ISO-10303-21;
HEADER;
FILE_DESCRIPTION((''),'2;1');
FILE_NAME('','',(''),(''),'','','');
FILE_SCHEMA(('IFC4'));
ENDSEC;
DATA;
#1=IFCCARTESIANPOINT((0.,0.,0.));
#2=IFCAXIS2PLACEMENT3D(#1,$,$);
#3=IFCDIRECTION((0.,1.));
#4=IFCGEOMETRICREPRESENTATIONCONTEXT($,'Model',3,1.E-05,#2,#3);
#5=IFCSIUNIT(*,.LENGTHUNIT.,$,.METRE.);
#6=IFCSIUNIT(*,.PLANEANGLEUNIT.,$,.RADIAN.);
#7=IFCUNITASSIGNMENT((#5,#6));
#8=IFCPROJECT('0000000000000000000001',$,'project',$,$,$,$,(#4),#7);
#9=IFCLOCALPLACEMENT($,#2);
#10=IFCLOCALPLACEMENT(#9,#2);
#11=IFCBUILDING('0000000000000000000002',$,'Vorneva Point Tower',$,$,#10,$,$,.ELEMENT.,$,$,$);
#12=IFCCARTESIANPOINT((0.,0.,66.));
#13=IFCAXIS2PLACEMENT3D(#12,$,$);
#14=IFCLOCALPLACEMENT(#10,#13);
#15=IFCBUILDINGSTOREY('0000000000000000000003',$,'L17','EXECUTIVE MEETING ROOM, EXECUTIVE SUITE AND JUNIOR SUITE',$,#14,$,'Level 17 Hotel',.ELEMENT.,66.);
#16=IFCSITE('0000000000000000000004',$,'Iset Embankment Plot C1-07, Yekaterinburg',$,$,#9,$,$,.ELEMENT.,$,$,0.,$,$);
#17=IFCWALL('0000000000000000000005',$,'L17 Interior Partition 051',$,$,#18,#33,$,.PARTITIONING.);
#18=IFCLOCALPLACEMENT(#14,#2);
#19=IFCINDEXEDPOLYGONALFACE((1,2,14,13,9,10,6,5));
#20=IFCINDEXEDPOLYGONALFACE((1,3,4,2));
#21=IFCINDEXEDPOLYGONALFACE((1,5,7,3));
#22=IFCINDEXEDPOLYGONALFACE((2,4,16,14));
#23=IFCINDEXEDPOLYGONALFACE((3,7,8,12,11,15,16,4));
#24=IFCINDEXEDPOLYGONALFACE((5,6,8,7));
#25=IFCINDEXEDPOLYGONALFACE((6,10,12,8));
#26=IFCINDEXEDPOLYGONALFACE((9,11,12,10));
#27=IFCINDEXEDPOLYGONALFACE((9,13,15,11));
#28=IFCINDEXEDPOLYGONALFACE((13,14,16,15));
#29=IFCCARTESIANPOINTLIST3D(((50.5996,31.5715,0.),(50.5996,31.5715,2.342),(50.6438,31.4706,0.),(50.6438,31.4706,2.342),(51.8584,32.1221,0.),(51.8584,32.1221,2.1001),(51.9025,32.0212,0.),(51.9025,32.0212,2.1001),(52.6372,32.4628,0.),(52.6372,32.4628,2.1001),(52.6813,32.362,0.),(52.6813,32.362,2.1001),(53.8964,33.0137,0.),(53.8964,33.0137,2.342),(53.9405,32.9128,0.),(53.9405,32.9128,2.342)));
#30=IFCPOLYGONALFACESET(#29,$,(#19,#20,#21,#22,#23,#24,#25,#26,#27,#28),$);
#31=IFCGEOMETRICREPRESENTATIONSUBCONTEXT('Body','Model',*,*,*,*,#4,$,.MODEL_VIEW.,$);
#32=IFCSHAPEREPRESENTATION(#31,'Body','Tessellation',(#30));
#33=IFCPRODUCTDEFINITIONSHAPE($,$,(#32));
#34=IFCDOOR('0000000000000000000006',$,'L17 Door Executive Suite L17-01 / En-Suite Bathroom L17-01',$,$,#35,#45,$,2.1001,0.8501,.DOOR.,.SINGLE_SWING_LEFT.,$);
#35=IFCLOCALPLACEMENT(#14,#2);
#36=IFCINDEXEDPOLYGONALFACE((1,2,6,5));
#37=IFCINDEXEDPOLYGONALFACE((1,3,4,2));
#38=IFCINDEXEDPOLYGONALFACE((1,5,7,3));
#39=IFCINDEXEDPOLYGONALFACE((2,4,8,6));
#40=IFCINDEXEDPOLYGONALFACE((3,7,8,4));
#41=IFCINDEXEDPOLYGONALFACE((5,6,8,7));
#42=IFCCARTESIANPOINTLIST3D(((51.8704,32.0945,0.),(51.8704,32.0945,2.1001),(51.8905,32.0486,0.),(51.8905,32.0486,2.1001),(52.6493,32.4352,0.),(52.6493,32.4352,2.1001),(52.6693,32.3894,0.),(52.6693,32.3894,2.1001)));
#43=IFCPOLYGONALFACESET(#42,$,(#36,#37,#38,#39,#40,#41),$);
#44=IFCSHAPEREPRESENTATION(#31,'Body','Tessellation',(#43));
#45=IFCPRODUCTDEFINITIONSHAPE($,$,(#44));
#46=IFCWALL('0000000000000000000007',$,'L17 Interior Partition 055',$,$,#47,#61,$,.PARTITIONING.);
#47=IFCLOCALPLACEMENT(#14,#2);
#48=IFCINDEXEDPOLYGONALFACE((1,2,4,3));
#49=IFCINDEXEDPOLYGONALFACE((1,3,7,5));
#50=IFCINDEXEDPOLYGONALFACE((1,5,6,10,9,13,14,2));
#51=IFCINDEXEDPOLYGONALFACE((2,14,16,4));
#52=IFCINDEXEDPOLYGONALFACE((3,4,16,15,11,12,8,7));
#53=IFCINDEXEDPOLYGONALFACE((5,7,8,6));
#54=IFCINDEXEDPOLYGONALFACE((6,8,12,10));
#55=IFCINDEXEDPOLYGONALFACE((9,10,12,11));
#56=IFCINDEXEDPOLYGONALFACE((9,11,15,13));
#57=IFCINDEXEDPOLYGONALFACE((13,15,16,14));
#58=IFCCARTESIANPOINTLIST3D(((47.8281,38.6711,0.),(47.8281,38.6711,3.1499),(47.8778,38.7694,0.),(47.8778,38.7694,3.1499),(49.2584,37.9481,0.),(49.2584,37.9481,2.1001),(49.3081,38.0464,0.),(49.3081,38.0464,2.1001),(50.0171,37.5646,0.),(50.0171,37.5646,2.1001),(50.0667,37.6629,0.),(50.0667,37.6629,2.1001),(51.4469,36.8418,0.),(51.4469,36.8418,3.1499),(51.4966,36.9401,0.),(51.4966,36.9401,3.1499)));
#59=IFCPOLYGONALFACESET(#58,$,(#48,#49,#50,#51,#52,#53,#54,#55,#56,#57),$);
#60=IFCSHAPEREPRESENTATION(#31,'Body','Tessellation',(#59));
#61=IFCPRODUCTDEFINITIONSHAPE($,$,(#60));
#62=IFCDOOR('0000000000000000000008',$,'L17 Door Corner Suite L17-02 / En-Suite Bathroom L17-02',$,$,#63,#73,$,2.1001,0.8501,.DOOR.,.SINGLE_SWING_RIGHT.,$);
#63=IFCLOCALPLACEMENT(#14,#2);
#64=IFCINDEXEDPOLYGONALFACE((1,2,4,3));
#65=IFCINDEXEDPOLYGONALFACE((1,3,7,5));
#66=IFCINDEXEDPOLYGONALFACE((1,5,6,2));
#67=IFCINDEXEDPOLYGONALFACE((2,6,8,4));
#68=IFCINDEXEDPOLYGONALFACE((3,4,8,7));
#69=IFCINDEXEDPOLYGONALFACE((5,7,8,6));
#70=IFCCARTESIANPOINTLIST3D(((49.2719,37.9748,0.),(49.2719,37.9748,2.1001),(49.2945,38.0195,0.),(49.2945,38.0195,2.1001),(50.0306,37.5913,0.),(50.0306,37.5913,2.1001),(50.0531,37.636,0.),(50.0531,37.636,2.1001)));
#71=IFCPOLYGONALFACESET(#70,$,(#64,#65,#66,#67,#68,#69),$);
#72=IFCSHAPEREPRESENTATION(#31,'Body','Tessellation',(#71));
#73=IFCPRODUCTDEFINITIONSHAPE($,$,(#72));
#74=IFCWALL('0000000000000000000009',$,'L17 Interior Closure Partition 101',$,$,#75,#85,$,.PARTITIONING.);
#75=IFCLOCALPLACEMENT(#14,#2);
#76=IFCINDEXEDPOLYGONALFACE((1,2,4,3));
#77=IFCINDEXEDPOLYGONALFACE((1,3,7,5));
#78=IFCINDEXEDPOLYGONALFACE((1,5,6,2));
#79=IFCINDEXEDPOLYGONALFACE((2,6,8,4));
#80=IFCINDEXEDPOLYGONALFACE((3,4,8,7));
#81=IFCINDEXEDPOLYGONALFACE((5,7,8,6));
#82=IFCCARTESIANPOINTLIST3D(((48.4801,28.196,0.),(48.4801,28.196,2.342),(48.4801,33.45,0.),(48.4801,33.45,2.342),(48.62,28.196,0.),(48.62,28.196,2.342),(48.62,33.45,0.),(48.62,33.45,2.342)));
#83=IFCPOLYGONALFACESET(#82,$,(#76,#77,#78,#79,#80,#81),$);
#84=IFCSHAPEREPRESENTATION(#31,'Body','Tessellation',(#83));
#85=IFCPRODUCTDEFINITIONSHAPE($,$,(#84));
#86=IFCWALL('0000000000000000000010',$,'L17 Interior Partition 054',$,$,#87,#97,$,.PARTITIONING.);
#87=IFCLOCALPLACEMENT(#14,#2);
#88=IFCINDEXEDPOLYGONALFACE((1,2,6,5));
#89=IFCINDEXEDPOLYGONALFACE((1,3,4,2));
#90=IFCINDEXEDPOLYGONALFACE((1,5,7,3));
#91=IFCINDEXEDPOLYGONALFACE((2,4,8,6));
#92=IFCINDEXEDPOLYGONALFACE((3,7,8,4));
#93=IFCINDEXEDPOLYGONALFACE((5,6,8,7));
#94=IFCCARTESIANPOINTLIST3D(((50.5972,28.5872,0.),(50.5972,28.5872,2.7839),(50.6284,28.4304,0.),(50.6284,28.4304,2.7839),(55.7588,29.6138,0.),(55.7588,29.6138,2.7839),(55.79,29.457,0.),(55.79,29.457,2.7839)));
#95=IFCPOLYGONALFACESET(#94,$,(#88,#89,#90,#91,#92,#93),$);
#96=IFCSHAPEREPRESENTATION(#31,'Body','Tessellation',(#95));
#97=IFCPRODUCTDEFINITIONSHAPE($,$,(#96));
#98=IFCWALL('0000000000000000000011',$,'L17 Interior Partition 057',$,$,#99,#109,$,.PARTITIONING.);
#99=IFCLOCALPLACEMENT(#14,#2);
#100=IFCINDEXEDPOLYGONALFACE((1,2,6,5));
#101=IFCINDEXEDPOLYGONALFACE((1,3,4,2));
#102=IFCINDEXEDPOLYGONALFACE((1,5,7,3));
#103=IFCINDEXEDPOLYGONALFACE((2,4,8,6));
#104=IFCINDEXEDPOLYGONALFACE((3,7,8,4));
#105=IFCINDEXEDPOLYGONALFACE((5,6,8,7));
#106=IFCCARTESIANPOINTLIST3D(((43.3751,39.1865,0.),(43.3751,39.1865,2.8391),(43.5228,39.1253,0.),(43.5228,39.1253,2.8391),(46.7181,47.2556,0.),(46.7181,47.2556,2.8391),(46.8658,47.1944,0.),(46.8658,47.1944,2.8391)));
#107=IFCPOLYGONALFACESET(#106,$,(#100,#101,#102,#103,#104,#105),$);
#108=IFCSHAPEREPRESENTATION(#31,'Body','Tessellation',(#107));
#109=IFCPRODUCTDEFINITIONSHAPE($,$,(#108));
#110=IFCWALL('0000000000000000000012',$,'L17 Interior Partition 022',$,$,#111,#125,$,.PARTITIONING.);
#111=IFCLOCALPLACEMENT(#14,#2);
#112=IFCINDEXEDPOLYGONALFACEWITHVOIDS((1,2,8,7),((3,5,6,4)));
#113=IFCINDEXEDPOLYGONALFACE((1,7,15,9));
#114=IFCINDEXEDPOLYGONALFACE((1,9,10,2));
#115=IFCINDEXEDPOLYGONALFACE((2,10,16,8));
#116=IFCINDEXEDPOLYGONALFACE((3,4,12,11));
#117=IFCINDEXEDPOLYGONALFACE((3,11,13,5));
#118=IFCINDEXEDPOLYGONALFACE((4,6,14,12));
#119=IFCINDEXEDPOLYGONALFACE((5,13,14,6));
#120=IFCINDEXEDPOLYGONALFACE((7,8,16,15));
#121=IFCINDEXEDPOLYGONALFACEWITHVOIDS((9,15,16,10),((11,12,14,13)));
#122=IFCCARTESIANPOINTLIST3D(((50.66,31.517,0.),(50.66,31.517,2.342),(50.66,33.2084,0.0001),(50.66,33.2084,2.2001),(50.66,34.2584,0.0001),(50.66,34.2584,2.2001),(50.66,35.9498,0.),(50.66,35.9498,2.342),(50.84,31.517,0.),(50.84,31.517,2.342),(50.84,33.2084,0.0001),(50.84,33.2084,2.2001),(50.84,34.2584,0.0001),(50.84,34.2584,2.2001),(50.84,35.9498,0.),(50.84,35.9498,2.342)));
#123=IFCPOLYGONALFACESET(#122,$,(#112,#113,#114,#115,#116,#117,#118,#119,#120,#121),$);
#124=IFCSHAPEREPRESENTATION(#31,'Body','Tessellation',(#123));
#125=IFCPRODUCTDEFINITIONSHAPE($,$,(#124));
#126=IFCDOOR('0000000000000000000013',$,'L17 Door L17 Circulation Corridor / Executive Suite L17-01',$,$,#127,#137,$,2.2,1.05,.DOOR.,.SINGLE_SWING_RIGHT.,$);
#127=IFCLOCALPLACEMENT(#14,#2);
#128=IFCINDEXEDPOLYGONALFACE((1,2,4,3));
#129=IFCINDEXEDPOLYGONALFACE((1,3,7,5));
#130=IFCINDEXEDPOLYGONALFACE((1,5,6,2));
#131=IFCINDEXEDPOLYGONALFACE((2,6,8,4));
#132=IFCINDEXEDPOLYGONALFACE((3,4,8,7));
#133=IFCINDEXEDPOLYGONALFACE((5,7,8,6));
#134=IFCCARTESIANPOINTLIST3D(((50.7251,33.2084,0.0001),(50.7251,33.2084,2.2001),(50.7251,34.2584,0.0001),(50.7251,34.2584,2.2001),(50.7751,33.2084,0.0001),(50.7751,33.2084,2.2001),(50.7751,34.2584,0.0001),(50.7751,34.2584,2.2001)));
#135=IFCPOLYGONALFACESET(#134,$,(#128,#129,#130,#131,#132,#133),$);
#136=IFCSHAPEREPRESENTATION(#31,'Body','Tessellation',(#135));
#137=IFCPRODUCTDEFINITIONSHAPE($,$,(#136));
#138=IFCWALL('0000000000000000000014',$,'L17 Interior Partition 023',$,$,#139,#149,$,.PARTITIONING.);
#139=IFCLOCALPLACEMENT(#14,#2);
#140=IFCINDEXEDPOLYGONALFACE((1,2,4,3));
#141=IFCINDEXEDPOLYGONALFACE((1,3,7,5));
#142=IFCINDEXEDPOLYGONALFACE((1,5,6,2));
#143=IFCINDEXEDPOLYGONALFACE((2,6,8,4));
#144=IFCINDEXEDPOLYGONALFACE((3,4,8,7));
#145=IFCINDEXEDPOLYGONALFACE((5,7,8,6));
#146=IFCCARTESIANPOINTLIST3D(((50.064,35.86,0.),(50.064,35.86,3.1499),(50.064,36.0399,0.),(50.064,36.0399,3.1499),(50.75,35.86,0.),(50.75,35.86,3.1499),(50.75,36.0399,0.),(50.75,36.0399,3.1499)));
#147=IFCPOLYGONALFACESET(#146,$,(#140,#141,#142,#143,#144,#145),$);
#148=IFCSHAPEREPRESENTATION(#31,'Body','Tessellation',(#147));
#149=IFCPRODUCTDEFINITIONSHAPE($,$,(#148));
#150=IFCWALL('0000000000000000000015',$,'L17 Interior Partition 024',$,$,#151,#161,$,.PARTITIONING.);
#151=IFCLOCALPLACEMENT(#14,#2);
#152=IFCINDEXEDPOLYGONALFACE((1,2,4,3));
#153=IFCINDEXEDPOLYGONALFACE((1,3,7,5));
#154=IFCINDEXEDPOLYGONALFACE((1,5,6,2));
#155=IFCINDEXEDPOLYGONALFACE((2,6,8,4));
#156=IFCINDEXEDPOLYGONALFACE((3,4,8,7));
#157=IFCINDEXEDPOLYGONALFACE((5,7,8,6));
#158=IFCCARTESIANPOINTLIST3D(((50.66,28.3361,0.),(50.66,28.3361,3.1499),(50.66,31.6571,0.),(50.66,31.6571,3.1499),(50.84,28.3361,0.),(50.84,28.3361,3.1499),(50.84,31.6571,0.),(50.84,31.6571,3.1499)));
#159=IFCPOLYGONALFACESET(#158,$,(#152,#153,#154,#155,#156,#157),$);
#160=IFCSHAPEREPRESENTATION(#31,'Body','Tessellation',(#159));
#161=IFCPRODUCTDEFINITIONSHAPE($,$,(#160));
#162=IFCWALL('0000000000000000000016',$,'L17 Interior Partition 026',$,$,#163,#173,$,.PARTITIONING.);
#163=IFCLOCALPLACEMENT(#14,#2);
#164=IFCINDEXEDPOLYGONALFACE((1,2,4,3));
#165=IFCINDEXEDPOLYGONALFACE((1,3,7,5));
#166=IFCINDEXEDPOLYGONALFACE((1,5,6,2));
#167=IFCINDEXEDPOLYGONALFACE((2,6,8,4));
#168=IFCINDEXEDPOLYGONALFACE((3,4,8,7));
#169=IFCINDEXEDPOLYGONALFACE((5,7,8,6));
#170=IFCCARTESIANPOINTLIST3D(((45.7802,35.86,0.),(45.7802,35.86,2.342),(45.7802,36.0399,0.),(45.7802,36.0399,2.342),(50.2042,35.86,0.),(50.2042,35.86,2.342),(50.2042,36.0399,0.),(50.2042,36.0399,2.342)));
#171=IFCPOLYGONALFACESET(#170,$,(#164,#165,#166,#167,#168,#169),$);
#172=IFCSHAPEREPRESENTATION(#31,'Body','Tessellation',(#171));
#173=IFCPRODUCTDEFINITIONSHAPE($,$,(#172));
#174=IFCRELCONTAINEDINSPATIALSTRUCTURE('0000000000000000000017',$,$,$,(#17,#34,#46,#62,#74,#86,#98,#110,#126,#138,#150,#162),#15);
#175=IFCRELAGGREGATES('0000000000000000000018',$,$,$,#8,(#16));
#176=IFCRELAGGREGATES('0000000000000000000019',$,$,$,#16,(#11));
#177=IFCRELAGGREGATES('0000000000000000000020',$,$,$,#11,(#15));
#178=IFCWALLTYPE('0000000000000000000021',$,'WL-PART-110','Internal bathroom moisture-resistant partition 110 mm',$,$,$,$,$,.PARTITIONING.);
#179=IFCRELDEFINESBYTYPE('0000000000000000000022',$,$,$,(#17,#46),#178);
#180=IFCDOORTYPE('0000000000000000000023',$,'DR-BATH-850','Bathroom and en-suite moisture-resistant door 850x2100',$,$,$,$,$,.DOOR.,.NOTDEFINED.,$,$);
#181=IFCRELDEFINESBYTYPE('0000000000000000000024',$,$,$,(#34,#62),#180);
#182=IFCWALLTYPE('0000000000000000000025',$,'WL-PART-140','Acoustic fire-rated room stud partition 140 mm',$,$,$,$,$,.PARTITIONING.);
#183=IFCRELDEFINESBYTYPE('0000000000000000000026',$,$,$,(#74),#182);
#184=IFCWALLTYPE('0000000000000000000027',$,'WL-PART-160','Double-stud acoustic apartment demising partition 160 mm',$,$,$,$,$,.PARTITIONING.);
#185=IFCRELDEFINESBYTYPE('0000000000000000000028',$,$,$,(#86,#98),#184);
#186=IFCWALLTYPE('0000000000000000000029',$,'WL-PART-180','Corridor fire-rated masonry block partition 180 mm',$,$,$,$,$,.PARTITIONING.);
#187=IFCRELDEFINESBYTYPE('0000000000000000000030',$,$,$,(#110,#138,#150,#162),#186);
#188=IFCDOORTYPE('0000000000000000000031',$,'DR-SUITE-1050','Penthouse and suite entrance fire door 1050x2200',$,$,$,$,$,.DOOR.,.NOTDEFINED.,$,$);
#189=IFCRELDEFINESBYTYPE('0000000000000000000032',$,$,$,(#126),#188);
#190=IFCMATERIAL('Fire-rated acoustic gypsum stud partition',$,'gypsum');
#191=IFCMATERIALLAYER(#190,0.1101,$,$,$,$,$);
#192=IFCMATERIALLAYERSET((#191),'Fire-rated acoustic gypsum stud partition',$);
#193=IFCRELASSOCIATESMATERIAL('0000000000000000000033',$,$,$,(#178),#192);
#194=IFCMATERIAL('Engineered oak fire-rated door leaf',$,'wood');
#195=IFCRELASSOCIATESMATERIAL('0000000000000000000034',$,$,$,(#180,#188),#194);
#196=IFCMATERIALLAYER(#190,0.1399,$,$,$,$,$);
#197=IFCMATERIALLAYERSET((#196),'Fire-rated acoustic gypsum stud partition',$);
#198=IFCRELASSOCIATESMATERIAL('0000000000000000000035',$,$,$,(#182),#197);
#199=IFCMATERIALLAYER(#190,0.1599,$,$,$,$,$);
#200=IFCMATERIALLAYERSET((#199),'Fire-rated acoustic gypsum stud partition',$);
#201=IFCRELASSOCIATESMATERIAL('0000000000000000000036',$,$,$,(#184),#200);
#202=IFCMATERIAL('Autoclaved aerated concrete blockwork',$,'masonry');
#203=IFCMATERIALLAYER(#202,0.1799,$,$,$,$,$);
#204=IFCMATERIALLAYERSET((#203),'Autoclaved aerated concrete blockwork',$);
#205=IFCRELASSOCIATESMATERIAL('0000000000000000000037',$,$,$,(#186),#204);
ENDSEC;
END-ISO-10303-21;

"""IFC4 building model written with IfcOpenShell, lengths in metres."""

from ifc_helpers import new_model, si_unit, direction, frame, frame_2d, origin, place, context, subcontext, project, spatial, rectangle, extrude, material, layer, layer_set, type_object, element, fill, save


model = new_model("IFC4")

# Units and contexts
model_context = context("Model", 3, precision=1e-05, world=origin(), true_north=direction((0.0, 1.0)))
body_context = subcontext(model_context, "Body", "Model", "MODEL_VIEW")
ifc_project = project(units=[si_unit("LENGTHUNIT", "METRE"), si_unit("PLANEANGLEUNIT", "RADIAN")], contexts=[model_context])

# Site, building, storey
site_placement = place(None, origin())
site = spatial("IfcSite", under=ifc_project, at=site_placement, Name="Iset Embankment Plot C1-07, Yekaterinburg", CompositionType="ELEMENT", RefElevation=0.0)
building_placement = place(site_placement, origin())
building = spatial("IfcBuilding", under=site, at=building_placement, Name="Vorneva Point Tower", CompositionType="ELEMENT")
storey_placement = place(building_placement, frame((0.0, 0.0, 66.0)))
storey = spatial("IfcBuildingStorey", under=building, at=storey_placement, Name="L17", Description="EXECUTIVE MEETING ROOM, EXECUTIVE SUITE AND JUNIOR SUITE", LongName="Level 17 Hotel", CompositionType="ELEMENT", Elevation=66.0)

# Walls, openings, doors
ifc_material_1 = material(Name="Fire-rated acoustic gypsum stud partition", Category="gypsum")
ifc_layer_1 = layer(ifc_material_1, 0.1101)
ifc_layer_set_1 = layer_set([ifc_layer_1], Name="Fire-rated acoustic gypsum stud partition")
wall_type_1 = type_object("IfcWallType", Name="WL-PART-110", Description="Internal bathroom moisture-resistant partition 110 mm", PredefinedType="PARTITIONING", material=ifc_layer_set_1)
wall_1_placement = place(storey_placement, frame((50.6216, 31.521, 0.0), z_axis=(0.0, 0.0, 1.0), x_axis=(0.916171, 0.400787, 0.0)))
wall_1 = element("IfcWall", 1, at=wall_1_placement, inside=storey, type_object=wall_type_1, Name="L17 Interior Partition 051", PredefinedType="PARTITIONING", context=body_context, shape_type="SweptSolid", body=[
    extrude(rectangle(XDim=3.5984, YDim=0.1101, at=frame_2d((1.7993, 0.0))), origin(), (0.0, 0.0, 1.0), 2.342),
])
opening_1_placement = place(wall_1_placement, frame((1.374, 0.0, 0.0)))
opening_1 = element("IfcOpeningElement", 2, at=opening_1_placement, cuts=wall_1, PredefinedType="OPENING", context=body_context, shape_type="SweptSolid", body=[
    extrude(rectangle(XDim=0.8501, YDim=2.1001, at=frame_2d((0.425, 1.05))), frame((0.0, 0.0698, 0.0), z_axis=(0.0, -1.0, 0.0), x_axis=(1.0, 0.0, 0.0)), (0.0, 0.0, 1.0), 0.1399),
])
ifc_material_2 = material(Name="Engineered oak fire-rated door leaf", Category="wood")
door_type_1 = type_object("IfcDoorType", Name="DR-BATH-850", Description="Bathroom and en-suite moisture-resistant door 850x2100", OperationType="NOTDEFINED", PredefinedType="DOOR", material=ifc_material_2)
door_1_placement = place(opening_1_placement, origin())
door_1 = element("IfcDoor", 3, at=door_1_placement, inside=storey, type_object=door_type_1, Name="L17 Door Executive Suite L17-01 / En-Suite Bathroom L17-01", OperationType="SINGLE_SWING_LEFT", OverallHeight=2.1001, OverallWidth=0.8501, PredefinedType="DOOR", context=body_context, shape_type="SweptSolid", body=[
    extrude(rectangle(XDim=0.8501, YDim=2.1001, at=frame_2d((0.425, 1.05))), frame((0.0, 0.0249, 0.0), z_axis=(0.0, -1.0, 0.0), x_axis=(1.0, 0.0, 0.0)), (0.0, 0.0, 1.0), 0.05),
])
fill(opening_1, door_1)
wall_2_placement = place(storey_placement, frame((47.853, 38.7202, 0.0), z_axis=(0.0, 0.0, 1.0), x_axis=(0.892456, -0.451135, 0.0)))
wall_2 = element("IfcWall", 4, at=wall_2_placement, inside=storey, type_object=wall_type_1, Name="L17 Interior Partition 055", PredefinedType="PARTITIONING", context=body_context, shape_type="SweptSolid", body=[
    extrude(rectangle(XDim=4.0549, YDim=0.1101, at=frame_2d((2.0273, 0.0))), origin(), (0.0, 0.0, 1.0), 3.1499),
])
opening_2_placement = place(wall_2_placement, frame((1.6025, 0.0, 0.0)))
opening_2 = element("IfcOpeningElement", 5, at=opening_2_placement, cuts=wall_2, PredefinedType="OPENING", context=body_context, shape_type="SweptSolid", body=[
    extrude(rectangle(XDim=0.8501, YDim=2.1001, at=frame_2d((0.425, 1.05))), frame((0.0, 0.0698, 0.0), z_axis=(0.0, -1.0, 0.0), x_axis=(1.0, 0.0, 0.0)), (0.0, 0.0, 1.0), 0.1399),
])
door_2_placement = place(opening_2_placement, origin())
door_2 = element("IfcDoor", 6, at=door_2_placement, inside=storey, type_object=door_type_1, Name="L17 Door Corner Suite L17-02 / En-Suite Bathroom L17-02", OperationType="SINGLE_SWING_RIGHT", OverallHeight=2.1001, OverallWidth=0.8501, PredefinedType="DOOR", context=body_context, shape_type="SweptSolid", body=[
    extrude(rectangle(XDim=0.8501, YDim=2.1001, at=frame_2d((0.425, 1.05))), frame((0.0, 0.0249, 0.0), z_axis=(0.0, -1.0, 0.0), x_axis=(1.0, 0.0, 0.0)), (0.0, 0.0, 1.0), 0.05),
])
fill(opening_2, door_2)

# Walls
ifc_layer_2 = layer(ifc_material_1, 0.1399)
ifc_layer_set_2 = layer_set([ifc_layer_2], Name="Fire-rated acoustic gypsum stud partition")
wall_type_2 = type_object("IfcWallType", Name="WL-PART-140", Description="Acoustic fire-rated room stud partition 140 mm", PredefinedType="PARTITIONING", material=ifc_layer_set_2)
wall_3_placement = place(storey_placement, frame((48.55, 33.45, 0.0), z_axis=(0.0, 0.0, 1.0), x_axis=(0.0, -1.0, 0.0)))
element("IfcWall", 7, at=wall_3_placement, inside=storey, type_object=wall_type_2, Name="L17 Interior Closure Partition 101", PredefinedType="PARTITIONING", context=body_context, shape_type="SweptSolid", body=[
    extrude(rectangle(XDim=5.2539, YDim=0.1399, at=frame_2d((2.627, 0.0))), origin(), (0.0, 0.0, 1.0), 2.342),
])
ifc_layer_3 = layer(ifc_material_1, 0.1599)
ifc_layer_set_3 = layer_set([ifc_layer_3], Name="Fire-rated acoustic gypsum stud partition")
wall_type_3 = type_object("IfcWallType", Name="WL-PART-160", Description="Double-stud acoustic apartment demising partition 160 mm", PredefinedType="PARTITIONING", material=ifc_layer_set_3)
wall_4_placement = place(storey_placement, frame((50.6128, 28.5088, 0.0), z_axis=(0.0, 0.0, 1.0), x_axis=(0.980789, 0.195072, 0.0)))
element("IfcWall", 8, at=wall_4_placement, inside=storey, type_object=wall_type_3, Name="L17 Interior Partition 054", PredefinedType="PARTITIONING", context=body_context, shape_type="SweptSolid", body=[
    extrude(rectangle(XDim=5.2627, YDim=0.1599, at=frame_2d((2.6313, 0.0))), origin(), (0.0, 0.0, 1.0), 2.7839),
])
wall_5_placement = place(storey_placement, frame((46.792, 47.2251, 0.0), z_axis=(0.0, 0.0, 1.0), x_axis=(-0.382751, -0.923852, 0.0)))
element("IfcWall", 9, at=wall_5_placement, inside=storey, type_object=wall_type_3, Name="L17 Interior Partition 057", PredefinedType="PARTITIONING", context=body_context, shape_type="SweptSolid", body=[
    extrude(rectangle(XDim=8.7341, YDim=0.1599, at=frame_2d((4.3672, 0.0))), origin(), (0.0, 0.0, 1.0), 2.8391),
])

# Wall, opening, door
ifc_material_3 = material(Name="Autoclaved aerated concrete blockwork", Category="masonry")
ifc_layer_4 = layer(ifc_material_3, 0.1799)
ifc_layer_set_4 = layer_set([ifc_layer_4], Name="Autoclaved aerated concrete blockwork")
wall_type_4 = type_object("IfcWallType", Name="WL-PART-180", Description="Corridor fire-rated masonry block partition 180 mm", PredefinedType="PARTITIONING", material=ifc_layer_set_4)
wall_6_placement = place(storey_placement, frame((50.75, 31.5171, 0.0), z_axis=(0.0, 0.0, 1.0), x_axis=(0.0, 1.0, 0.0)))
wall_6 = element("IfcWall", 10, at=wall_6_placement, inside=storey, type_object=wall_type_4, Name="L17 Interior Partition 022", PredefinedType="PARTITIONING", context=body_context, shape_type="SweptSolid", body=[
    extrude(rectangle(XDim=4.4329, YDim=0.1799, at=frame_2d((2.2163, 0.0))), origin(), (0.0, 0.0, 1.0), 2.342),
])
opening_3_placement = place(wall_6_placement, frame((1.6914, 0.0, 0.0)))
opening_3 = element("IfcOpeningElement", 11, at=opening_3_placement, cuts=wall_6, PredefinedType="OPENING", context=body_context, shape_type="SweptSolid", body=[
    extrude(rectangle(XDim=1.05, YDim=2.2, at=frame_2d((0.5249, 1.1001))), frame((0.0, 0.105, 0.0), z_axis=(0.0, -1.0, 0.0), x_axis=(1.0, 0.0, 0.0)), (0.0, 0.0, 1.0), 0.2097),
])
door_type_2 = type_object("IfcDoorType", Name="DR-SUITE-1050", Description="Penthouse and suite entrance fire door 1050x2200", OperationType="NOTDEFINED", PredefinedType="DOOR", material=ifc_material_2)
door_3_placement = place(opening_3_placement, origin())
door_3 = element("IfcDoor", 12, at=door_3_placement, inside=storey, type_object=door_type_2, Name="L17 Door L17 Circulation Corridor / Executive Suite L17-01", OperationType="SINGLE_SWING_RIGHT", OverallHeight=2.2, OverallWidth=1.05, PredefinedType="DOOR", context=body_context, shape_type="SweptSolid", body=[
    extrude(rectangle(XDim=1.05, YDim=2.2, at=frame_2d((0.5249, 1.1001))), frame((0.0, 0.0249, 0.0), z_axis=(0.0, -1.0, 0.0), x_axis=(1.0, 0.0, 0.0)), (0.0, 0.0, 1.0), 0.05),
])
fill(opening_3, door_3)

# Walls
wall_7_placement = place(storey_placement, frame((50.75, 35.95, 0.0), z_axis=(0.0, 0.0, 1.0), x_axis=(-1.0, 0.0, 0.0)))
element("IfcWall", 13, at=wall_7_placement, inside=storey, type_object=wall_type_4, Name="L17 Interior Partition 023", PredefinedType="PARTITIONING", context=body_context, shape_type="SweptSolid", body=[
    extrude(rectangle(XDim=0.686, YDim=0.1799, at=frame_2d((0.343, 0.0))), origin(), (0.0, 0.0, 1.0), 3.1499),
])
wall_8_placement = place(storey_placement, frame((50.75, 28.3359, 0.0), z_axis=(0.0, 0.0, 1.0), x_axis=(0.0, 1.0, 0.0)))
element("IfcWall", 14, at=wall_8_placement, inside=storey, type_object=wall_type_4, Name="L17 Interior Partition 024", PredefinedType="PARTITIONING", context=body_context, shape_type="SweptSolid", body=[
    extrude(rectangle(XDim=3.321, YDim=0.1799, at=frame_2d((1.6606, 0.0))), origin(), (0.0, 0.0, 1.0), 3.1499),
])
wall_9_placement = place(storey_placement, frame((50.2041, 35.95, 0.0), z_axis=(0.0, 0.0, 1.0), x_axis=(-1.0, 0.0, 0.0)))
element("IfcWall", 15, at=wall_9_placement, inside=storey, type_object=wall_type_4, Name="L17 Interior Partition 026", PredefinedType="PARTITIONING", context=body_context, shape_type="SweptSolid", body=[
    extrude(rectangle(XDim=4.4241, YDim=0.1799, at=frame_2d((2.2119, 0.0))), origin(), (0.0, 0.0, 1.0), 2.342),
])

save(model, "model.ifc")
